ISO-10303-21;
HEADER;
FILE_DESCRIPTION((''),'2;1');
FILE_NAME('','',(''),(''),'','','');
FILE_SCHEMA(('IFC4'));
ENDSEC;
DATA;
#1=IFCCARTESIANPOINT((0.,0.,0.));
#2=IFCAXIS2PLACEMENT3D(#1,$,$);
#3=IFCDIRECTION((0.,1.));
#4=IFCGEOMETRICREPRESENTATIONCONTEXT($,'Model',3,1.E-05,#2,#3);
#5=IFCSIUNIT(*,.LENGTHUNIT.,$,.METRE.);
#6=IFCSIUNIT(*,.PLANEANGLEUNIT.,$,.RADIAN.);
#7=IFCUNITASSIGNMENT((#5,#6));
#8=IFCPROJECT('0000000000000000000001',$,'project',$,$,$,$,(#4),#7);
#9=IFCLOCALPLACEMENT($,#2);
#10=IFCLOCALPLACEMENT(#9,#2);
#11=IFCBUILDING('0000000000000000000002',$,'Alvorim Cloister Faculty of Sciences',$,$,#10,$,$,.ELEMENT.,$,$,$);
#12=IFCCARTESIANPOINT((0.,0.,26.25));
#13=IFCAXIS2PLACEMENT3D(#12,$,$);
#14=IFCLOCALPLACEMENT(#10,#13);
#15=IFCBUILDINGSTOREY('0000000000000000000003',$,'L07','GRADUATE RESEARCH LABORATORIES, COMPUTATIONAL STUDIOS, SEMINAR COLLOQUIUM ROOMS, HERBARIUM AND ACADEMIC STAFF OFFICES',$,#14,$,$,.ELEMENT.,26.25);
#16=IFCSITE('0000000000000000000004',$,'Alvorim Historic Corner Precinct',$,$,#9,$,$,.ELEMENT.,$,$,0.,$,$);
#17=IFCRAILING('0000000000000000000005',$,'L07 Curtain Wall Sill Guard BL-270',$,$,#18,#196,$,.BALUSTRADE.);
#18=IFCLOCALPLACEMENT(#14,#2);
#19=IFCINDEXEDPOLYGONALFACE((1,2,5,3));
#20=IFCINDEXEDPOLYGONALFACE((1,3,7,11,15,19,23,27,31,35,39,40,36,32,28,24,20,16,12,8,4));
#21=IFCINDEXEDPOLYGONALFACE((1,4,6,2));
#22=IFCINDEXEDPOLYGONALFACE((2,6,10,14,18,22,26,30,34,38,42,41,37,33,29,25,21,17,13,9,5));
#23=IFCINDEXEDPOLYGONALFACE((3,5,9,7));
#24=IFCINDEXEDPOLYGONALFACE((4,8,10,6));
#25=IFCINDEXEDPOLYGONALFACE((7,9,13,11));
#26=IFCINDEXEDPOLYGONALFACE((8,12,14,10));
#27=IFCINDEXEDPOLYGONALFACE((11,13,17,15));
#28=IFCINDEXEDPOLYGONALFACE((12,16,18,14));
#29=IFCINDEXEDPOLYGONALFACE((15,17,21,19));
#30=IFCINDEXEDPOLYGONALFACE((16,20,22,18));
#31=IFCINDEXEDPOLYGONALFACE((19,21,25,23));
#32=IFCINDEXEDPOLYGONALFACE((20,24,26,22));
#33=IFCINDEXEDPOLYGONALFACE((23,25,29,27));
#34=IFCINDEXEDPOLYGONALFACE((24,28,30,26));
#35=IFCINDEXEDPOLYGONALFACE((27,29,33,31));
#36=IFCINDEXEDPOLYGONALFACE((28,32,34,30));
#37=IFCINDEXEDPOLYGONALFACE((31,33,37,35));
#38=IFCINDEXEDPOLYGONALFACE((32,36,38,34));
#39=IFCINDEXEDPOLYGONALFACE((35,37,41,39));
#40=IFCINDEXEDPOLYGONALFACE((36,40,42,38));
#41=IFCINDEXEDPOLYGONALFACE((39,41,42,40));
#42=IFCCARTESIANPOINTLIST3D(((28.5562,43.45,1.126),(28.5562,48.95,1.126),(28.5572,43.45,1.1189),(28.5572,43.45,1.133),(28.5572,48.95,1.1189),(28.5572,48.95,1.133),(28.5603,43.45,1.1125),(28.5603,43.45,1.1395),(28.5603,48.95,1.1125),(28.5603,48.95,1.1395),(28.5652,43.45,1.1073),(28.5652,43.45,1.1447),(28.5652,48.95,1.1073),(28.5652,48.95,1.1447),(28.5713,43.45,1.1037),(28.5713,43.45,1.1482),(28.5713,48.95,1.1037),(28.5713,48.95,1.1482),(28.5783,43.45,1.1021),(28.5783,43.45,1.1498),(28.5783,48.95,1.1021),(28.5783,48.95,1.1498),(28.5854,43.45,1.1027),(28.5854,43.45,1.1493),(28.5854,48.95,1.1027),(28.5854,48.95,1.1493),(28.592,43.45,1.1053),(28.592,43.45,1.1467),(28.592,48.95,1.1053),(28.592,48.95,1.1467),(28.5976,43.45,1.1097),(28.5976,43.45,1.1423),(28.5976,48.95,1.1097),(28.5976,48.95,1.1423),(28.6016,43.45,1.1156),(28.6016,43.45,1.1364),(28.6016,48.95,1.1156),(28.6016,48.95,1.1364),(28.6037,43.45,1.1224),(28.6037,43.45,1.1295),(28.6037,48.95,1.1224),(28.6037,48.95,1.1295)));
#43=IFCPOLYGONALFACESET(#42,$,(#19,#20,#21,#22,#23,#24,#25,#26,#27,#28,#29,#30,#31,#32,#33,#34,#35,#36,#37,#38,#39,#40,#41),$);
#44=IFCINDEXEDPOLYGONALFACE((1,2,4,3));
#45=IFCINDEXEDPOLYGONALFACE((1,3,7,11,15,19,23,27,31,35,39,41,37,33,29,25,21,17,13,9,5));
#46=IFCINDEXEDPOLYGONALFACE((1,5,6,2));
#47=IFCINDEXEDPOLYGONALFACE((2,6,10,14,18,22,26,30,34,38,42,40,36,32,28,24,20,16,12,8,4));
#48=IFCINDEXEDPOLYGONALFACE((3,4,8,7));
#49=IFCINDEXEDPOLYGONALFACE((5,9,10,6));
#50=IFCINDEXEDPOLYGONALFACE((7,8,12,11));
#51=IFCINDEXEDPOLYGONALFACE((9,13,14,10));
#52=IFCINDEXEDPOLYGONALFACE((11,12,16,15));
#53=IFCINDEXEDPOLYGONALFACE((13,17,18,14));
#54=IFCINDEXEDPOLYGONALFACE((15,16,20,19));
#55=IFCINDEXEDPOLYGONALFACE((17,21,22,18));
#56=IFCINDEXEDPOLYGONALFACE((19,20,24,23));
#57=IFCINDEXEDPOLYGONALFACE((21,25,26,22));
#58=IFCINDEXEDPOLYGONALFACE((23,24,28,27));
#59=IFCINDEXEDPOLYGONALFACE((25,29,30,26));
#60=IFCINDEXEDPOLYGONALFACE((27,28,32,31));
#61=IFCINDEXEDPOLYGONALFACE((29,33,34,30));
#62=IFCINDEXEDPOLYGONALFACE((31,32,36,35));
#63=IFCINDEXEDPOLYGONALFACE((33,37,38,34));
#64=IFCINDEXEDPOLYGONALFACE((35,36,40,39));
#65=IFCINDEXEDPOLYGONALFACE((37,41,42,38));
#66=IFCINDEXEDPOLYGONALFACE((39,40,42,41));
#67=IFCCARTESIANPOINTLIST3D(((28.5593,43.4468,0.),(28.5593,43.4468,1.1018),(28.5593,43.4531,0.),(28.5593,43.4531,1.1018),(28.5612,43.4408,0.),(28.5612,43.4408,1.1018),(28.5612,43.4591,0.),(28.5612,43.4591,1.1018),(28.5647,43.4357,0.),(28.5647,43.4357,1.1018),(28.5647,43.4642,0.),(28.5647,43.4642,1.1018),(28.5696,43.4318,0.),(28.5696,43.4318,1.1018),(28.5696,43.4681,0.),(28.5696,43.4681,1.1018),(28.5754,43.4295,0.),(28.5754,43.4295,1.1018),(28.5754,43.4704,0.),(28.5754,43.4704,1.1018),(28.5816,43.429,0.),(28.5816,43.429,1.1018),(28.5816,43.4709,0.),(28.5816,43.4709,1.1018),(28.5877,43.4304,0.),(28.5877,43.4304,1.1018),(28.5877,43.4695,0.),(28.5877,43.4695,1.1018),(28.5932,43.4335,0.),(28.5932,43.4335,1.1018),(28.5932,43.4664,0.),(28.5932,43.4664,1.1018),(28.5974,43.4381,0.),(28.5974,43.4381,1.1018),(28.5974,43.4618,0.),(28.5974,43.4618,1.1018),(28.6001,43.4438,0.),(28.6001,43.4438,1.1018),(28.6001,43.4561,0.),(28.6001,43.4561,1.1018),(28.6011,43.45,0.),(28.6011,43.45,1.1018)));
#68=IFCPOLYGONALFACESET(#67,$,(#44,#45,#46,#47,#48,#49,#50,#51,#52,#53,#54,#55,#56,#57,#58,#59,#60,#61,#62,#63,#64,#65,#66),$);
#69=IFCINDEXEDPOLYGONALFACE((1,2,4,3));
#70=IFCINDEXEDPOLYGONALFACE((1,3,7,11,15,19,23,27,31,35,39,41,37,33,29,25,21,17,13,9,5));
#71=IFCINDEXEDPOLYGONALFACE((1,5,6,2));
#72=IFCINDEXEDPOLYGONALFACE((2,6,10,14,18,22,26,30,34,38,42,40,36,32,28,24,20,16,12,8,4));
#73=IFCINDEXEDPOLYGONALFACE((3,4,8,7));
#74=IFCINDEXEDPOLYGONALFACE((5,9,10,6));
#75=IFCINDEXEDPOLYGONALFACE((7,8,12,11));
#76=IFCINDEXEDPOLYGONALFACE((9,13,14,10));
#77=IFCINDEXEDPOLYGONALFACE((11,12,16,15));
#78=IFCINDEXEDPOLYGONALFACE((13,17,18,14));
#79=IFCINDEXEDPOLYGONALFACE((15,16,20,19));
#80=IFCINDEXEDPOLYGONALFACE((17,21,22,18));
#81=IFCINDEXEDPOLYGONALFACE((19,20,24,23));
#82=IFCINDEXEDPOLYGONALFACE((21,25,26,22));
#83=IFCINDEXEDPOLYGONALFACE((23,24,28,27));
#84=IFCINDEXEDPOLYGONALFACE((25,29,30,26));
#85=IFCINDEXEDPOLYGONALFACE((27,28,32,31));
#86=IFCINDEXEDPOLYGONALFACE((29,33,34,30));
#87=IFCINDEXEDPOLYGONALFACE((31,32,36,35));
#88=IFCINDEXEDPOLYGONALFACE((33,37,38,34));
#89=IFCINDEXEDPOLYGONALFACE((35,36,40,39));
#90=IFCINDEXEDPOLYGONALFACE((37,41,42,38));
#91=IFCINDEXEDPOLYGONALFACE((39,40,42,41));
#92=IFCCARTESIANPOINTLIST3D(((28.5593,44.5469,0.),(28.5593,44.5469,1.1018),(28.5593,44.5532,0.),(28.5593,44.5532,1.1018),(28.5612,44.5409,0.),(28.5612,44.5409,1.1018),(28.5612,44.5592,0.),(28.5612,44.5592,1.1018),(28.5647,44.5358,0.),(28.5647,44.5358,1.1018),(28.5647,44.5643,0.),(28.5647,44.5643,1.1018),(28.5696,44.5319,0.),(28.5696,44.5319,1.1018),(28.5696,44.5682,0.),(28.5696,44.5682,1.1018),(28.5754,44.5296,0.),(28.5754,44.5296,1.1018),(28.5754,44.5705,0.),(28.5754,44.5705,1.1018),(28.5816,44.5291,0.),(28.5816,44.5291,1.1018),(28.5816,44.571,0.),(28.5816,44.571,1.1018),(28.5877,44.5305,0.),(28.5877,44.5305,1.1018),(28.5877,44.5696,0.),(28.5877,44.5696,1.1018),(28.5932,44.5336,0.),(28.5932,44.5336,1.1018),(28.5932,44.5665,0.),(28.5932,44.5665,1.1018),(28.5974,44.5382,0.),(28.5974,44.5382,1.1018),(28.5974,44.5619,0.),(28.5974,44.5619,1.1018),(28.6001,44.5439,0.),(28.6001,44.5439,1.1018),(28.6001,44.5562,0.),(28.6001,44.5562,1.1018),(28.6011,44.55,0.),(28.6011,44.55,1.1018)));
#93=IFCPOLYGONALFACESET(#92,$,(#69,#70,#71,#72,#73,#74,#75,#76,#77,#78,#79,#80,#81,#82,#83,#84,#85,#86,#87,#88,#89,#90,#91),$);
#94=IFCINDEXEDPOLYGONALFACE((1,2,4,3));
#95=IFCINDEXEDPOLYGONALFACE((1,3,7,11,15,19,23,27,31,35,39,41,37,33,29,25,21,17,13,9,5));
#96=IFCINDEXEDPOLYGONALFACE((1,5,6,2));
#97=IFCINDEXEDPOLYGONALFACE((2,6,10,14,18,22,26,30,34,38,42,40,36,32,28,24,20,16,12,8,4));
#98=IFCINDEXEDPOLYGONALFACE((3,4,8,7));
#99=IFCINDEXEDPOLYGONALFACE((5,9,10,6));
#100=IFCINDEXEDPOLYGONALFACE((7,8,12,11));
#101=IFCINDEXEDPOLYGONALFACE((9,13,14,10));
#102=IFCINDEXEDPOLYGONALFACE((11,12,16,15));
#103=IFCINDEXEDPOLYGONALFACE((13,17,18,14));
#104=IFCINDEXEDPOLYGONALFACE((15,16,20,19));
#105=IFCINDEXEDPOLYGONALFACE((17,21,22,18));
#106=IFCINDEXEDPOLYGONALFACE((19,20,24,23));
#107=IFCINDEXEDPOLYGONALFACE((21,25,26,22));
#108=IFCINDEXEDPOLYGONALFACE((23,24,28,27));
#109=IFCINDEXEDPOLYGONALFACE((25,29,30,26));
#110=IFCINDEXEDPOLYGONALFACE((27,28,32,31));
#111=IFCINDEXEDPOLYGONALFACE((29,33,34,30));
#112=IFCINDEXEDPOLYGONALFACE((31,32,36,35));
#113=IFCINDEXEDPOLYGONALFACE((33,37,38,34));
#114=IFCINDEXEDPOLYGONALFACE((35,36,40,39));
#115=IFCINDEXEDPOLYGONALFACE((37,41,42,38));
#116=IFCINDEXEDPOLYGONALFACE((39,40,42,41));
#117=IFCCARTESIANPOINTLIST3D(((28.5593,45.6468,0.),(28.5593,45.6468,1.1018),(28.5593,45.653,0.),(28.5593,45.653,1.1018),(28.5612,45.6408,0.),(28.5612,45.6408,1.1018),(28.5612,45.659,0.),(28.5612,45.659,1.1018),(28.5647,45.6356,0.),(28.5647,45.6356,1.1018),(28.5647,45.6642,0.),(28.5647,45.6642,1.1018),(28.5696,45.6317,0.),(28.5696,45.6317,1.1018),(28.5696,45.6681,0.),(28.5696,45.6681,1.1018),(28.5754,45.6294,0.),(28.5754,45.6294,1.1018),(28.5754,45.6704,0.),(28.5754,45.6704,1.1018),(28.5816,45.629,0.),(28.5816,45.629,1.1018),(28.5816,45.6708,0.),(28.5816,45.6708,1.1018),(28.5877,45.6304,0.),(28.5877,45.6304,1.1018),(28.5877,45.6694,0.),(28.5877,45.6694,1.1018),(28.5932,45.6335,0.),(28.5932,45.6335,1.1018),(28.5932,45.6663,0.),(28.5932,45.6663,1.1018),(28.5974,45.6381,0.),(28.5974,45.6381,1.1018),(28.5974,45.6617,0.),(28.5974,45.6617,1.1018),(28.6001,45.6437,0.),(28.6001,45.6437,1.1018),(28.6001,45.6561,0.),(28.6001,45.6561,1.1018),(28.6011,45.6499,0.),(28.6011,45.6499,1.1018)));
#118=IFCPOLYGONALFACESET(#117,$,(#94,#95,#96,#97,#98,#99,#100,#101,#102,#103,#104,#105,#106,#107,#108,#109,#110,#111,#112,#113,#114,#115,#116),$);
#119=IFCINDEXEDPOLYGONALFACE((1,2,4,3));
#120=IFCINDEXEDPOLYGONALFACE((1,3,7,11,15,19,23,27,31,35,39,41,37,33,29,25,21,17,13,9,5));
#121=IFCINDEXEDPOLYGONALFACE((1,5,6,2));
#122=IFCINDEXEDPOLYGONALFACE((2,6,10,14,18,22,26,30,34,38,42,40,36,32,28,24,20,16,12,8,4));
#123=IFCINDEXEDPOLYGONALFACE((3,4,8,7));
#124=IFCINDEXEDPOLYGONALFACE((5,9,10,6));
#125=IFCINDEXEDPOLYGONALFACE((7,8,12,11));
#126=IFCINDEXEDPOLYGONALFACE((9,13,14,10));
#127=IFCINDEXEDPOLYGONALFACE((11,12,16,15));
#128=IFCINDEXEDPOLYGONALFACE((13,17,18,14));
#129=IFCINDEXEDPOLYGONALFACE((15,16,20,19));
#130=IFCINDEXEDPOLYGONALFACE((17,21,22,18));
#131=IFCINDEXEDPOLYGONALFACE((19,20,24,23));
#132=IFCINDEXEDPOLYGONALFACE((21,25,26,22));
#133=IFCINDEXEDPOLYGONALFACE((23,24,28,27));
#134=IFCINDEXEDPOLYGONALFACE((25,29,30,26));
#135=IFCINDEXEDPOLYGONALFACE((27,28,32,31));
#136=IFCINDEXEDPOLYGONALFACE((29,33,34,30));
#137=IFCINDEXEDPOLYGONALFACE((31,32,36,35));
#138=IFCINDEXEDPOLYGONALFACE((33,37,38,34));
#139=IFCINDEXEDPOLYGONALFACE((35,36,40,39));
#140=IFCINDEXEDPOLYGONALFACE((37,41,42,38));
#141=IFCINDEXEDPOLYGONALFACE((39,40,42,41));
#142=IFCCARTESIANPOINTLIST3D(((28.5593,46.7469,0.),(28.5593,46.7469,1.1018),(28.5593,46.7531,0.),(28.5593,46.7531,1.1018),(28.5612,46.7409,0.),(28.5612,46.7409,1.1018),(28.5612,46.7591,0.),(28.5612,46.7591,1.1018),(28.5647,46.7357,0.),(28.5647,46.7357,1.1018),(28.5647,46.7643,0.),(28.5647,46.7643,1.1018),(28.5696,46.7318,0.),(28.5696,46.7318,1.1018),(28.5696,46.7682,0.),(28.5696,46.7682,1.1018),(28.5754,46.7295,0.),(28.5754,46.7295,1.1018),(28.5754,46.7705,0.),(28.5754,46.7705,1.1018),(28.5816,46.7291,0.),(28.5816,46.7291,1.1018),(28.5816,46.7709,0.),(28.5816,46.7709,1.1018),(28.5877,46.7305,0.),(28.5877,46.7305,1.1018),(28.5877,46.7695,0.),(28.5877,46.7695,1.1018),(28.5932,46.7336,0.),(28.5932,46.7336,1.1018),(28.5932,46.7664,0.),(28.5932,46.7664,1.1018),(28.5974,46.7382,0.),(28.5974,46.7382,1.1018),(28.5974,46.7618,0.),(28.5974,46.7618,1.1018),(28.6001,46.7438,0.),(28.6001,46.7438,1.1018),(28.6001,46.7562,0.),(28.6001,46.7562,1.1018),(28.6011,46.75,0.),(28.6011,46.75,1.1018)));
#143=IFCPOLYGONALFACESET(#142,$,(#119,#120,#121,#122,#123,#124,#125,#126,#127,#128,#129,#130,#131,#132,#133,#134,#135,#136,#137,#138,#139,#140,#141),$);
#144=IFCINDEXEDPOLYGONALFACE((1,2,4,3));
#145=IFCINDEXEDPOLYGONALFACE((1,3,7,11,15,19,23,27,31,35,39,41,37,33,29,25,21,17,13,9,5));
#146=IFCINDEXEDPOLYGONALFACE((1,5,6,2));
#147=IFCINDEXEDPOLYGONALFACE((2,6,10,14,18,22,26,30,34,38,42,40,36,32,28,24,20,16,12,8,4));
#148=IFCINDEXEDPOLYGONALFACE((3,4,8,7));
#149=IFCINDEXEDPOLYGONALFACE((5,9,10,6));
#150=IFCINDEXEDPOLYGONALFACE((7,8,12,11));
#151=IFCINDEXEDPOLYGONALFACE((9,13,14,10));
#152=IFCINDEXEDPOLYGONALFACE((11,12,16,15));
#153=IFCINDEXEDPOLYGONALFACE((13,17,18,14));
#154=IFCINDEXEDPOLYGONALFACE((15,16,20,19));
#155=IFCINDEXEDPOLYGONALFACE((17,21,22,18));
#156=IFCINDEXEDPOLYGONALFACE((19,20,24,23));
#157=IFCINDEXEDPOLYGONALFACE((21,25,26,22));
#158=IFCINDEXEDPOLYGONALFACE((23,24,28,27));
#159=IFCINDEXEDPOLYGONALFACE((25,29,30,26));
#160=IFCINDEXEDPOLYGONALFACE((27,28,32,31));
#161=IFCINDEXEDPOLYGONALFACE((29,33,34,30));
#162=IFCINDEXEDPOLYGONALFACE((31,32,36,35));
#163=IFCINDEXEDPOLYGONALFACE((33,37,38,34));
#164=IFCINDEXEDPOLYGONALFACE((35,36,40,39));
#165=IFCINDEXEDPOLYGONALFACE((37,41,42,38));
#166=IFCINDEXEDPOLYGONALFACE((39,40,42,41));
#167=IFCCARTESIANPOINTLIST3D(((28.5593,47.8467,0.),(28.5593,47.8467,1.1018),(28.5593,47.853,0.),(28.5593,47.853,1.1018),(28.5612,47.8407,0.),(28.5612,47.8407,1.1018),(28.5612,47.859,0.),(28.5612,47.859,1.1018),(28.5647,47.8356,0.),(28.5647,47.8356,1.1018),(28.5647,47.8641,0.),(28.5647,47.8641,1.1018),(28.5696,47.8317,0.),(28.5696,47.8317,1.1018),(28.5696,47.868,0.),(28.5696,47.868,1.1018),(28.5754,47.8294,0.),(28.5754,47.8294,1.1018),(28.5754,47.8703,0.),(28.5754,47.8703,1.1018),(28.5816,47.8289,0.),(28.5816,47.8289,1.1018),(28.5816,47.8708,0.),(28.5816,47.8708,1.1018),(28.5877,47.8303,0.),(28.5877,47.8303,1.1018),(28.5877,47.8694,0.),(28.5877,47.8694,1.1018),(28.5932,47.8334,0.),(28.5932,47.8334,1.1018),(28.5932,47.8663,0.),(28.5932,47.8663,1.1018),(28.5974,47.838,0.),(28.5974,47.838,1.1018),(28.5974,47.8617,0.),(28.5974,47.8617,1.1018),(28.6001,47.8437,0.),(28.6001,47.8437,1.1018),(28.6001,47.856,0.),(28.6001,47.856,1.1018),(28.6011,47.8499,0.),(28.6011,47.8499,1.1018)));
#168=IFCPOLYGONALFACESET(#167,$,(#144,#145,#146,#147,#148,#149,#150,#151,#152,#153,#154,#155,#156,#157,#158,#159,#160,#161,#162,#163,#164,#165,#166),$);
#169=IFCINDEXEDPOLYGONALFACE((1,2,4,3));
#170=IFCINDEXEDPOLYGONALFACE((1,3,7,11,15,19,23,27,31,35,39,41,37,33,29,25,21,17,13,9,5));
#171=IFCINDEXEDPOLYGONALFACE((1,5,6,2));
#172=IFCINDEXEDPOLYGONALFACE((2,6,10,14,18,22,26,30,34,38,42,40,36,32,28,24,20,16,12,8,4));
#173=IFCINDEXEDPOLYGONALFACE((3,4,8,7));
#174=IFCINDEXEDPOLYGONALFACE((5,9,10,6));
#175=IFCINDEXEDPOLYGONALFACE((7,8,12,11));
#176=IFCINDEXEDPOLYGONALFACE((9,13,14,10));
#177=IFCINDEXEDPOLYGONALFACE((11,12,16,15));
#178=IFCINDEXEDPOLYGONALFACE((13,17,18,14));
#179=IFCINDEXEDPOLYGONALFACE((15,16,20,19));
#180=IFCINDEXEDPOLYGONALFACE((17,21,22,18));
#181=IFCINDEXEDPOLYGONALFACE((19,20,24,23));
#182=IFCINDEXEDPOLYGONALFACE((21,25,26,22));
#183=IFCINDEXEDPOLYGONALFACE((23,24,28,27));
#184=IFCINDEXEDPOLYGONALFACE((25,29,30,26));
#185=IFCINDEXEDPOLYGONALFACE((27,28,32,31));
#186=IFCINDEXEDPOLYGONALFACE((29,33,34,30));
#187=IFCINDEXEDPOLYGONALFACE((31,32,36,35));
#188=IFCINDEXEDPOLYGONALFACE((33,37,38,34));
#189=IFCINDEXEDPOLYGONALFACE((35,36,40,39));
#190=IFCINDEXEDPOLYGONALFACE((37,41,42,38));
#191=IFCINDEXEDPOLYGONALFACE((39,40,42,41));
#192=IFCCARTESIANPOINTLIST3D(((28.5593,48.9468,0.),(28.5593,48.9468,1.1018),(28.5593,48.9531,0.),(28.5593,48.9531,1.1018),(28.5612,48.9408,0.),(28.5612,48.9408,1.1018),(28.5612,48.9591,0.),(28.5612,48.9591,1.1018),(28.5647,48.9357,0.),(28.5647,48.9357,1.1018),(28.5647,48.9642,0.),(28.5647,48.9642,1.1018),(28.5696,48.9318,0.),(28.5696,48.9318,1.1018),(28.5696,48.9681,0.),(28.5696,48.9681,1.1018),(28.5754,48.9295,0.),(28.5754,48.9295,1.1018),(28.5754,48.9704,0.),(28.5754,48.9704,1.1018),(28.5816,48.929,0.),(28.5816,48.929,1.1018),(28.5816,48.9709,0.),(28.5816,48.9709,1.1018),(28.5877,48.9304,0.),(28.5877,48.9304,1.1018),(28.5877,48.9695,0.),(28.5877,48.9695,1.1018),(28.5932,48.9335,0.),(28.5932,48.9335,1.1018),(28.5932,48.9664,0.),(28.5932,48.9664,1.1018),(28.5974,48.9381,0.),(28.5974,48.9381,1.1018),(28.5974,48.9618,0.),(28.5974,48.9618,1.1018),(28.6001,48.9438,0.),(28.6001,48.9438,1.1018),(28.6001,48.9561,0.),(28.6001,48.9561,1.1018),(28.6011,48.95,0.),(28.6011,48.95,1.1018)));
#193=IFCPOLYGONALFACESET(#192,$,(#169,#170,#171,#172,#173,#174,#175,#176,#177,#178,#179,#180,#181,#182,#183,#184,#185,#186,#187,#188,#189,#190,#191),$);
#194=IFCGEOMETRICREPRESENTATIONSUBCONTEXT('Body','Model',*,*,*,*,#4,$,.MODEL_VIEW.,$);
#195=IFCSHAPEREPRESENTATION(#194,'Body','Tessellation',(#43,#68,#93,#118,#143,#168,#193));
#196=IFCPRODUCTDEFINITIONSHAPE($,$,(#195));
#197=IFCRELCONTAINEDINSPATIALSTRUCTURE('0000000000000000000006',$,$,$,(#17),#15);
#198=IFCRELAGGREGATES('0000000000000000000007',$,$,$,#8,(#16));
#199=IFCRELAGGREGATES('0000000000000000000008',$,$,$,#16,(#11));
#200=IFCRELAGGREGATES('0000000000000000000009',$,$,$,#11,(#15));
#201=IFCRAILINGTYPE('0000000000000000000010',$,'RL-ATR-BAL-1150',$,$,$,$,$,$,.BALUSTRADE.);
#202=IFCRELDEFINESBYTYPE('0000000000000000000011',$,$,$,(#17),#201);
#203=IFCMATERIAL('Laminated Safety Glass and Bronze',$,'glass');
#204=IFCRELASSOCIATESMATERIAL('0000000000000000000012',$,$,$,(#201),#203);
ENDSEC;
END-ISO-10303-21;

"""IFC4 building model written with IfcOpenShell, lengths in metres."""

from ifc_helpers import new_model, si_unit, direction, frame, origin, origin_2d, place, context, subcontext, project, spatial, circle, extrude, material, type_object, element, save


model = new_model("IFC4")

# Units and contexts
model_context = context("Model", 3, precision=1e-05, world=origin(), true_north=direction((0.0, 1.0)))
body_context = subcontext(model_context, "Body", "Model", "MODEL_VIEW")
ifc_project = project(units=[si_unit("LENGTHUNIT", "METRE"), si_unit("PLANEANGLEUNIT", "RADIAN")], contexts=[model_context])

# Site, building, storey
site_placement = place(None, origin())
site = spatial("IfcSite", under=ifc_project, at=site_placement, Name="Alvorim Historic Corner Precinct", CompositionType="ELEMENT", RefElevation=0.0)
building_placement = place(site_placement, origin())
building = spatial("IfcBuilding", under=site, at=building_placement, Name="Alvorim Cloister Faculty of Sciences", CompositionType="ELEMENT")
storey_placement = place(building_placement, frame((0.0, 0.0, 26.25)))
storey = spatial("IfcBuildingStorey", under=building, at=storey_placement, Name="L07", Description="GRADUATE RESEARCH LABORATORIES, COMPUTATIONAL STUDIOS, SEMINAR COLLOQUIUM ROOMS, HERBARIUM AND ACADEMIC STAFF OFFICES", CompositionType="ELEMENT", Elevation=26.25)

# Railing
ifc_material_1 = material(Name="Laminated Safety Glass and Bronze", Category="glass")
railing_type_1 = type_object("IfcRailingType", Name="RL-ATR-BAL-1150", PredefinedType="BALUSTRADE", material=ifc_material_1)
railing_1_placement = place(storey_placement, frame((28.5801, 43.45, 0.0)))
element("IfcRailing", 1, at=railing_1_placement, inside=storey, type_object=railing_type_1, Name="L07 Curtain Wall Sill Guard BL-270", PredefinedType="BALUSTRADE", context=body_context, shape_type="SweptSolid", body=[
    extrude(circle(Radius=0.0239, at=origin_2d()), frame((0.0, 0.0, 1.126), z_axis=(0.0, 1.0, 0.0), x_axis=(-1.0, 0.0, 0.0)), (0.0, 0.0, 1.0), 5.5),
    extrude(circle(Radius=0.021, at=origin_2d()), origin(), (0.0, 0.0, 1.0), 1.1018),
    extrude(circle(Radius=0.021, at=origin_2d()), frame((0.0, 1.1001, 0.0)), (0.0, 0.0, 1.0), 1.1018),
    extrude(circle(Radius=0.021, at=origin_2d()), frame((0.0, 2.2, 0.0)), (0.0, 0.0, 1.0), 1.1018),
    extrude(circle(Radius=0.021, at=origin_2d()), frame((0.0, 3.3, 0.0)), (0.0, 0.0, 1.0), 1.1018),
    extrude(circle(Radius=0.021, at=origin_2d()), frame((0.0, 4.3999, 0.0)), (0.0, 0.0, 1.0), 1.1018),
    extrude(circle(Radius=0.021, at=origin_2d()), frame((0.0, 5.5, 0.0)), (0.0, 0.0, 1.0), 1.1018),
])

save(model, "model.ifc")
